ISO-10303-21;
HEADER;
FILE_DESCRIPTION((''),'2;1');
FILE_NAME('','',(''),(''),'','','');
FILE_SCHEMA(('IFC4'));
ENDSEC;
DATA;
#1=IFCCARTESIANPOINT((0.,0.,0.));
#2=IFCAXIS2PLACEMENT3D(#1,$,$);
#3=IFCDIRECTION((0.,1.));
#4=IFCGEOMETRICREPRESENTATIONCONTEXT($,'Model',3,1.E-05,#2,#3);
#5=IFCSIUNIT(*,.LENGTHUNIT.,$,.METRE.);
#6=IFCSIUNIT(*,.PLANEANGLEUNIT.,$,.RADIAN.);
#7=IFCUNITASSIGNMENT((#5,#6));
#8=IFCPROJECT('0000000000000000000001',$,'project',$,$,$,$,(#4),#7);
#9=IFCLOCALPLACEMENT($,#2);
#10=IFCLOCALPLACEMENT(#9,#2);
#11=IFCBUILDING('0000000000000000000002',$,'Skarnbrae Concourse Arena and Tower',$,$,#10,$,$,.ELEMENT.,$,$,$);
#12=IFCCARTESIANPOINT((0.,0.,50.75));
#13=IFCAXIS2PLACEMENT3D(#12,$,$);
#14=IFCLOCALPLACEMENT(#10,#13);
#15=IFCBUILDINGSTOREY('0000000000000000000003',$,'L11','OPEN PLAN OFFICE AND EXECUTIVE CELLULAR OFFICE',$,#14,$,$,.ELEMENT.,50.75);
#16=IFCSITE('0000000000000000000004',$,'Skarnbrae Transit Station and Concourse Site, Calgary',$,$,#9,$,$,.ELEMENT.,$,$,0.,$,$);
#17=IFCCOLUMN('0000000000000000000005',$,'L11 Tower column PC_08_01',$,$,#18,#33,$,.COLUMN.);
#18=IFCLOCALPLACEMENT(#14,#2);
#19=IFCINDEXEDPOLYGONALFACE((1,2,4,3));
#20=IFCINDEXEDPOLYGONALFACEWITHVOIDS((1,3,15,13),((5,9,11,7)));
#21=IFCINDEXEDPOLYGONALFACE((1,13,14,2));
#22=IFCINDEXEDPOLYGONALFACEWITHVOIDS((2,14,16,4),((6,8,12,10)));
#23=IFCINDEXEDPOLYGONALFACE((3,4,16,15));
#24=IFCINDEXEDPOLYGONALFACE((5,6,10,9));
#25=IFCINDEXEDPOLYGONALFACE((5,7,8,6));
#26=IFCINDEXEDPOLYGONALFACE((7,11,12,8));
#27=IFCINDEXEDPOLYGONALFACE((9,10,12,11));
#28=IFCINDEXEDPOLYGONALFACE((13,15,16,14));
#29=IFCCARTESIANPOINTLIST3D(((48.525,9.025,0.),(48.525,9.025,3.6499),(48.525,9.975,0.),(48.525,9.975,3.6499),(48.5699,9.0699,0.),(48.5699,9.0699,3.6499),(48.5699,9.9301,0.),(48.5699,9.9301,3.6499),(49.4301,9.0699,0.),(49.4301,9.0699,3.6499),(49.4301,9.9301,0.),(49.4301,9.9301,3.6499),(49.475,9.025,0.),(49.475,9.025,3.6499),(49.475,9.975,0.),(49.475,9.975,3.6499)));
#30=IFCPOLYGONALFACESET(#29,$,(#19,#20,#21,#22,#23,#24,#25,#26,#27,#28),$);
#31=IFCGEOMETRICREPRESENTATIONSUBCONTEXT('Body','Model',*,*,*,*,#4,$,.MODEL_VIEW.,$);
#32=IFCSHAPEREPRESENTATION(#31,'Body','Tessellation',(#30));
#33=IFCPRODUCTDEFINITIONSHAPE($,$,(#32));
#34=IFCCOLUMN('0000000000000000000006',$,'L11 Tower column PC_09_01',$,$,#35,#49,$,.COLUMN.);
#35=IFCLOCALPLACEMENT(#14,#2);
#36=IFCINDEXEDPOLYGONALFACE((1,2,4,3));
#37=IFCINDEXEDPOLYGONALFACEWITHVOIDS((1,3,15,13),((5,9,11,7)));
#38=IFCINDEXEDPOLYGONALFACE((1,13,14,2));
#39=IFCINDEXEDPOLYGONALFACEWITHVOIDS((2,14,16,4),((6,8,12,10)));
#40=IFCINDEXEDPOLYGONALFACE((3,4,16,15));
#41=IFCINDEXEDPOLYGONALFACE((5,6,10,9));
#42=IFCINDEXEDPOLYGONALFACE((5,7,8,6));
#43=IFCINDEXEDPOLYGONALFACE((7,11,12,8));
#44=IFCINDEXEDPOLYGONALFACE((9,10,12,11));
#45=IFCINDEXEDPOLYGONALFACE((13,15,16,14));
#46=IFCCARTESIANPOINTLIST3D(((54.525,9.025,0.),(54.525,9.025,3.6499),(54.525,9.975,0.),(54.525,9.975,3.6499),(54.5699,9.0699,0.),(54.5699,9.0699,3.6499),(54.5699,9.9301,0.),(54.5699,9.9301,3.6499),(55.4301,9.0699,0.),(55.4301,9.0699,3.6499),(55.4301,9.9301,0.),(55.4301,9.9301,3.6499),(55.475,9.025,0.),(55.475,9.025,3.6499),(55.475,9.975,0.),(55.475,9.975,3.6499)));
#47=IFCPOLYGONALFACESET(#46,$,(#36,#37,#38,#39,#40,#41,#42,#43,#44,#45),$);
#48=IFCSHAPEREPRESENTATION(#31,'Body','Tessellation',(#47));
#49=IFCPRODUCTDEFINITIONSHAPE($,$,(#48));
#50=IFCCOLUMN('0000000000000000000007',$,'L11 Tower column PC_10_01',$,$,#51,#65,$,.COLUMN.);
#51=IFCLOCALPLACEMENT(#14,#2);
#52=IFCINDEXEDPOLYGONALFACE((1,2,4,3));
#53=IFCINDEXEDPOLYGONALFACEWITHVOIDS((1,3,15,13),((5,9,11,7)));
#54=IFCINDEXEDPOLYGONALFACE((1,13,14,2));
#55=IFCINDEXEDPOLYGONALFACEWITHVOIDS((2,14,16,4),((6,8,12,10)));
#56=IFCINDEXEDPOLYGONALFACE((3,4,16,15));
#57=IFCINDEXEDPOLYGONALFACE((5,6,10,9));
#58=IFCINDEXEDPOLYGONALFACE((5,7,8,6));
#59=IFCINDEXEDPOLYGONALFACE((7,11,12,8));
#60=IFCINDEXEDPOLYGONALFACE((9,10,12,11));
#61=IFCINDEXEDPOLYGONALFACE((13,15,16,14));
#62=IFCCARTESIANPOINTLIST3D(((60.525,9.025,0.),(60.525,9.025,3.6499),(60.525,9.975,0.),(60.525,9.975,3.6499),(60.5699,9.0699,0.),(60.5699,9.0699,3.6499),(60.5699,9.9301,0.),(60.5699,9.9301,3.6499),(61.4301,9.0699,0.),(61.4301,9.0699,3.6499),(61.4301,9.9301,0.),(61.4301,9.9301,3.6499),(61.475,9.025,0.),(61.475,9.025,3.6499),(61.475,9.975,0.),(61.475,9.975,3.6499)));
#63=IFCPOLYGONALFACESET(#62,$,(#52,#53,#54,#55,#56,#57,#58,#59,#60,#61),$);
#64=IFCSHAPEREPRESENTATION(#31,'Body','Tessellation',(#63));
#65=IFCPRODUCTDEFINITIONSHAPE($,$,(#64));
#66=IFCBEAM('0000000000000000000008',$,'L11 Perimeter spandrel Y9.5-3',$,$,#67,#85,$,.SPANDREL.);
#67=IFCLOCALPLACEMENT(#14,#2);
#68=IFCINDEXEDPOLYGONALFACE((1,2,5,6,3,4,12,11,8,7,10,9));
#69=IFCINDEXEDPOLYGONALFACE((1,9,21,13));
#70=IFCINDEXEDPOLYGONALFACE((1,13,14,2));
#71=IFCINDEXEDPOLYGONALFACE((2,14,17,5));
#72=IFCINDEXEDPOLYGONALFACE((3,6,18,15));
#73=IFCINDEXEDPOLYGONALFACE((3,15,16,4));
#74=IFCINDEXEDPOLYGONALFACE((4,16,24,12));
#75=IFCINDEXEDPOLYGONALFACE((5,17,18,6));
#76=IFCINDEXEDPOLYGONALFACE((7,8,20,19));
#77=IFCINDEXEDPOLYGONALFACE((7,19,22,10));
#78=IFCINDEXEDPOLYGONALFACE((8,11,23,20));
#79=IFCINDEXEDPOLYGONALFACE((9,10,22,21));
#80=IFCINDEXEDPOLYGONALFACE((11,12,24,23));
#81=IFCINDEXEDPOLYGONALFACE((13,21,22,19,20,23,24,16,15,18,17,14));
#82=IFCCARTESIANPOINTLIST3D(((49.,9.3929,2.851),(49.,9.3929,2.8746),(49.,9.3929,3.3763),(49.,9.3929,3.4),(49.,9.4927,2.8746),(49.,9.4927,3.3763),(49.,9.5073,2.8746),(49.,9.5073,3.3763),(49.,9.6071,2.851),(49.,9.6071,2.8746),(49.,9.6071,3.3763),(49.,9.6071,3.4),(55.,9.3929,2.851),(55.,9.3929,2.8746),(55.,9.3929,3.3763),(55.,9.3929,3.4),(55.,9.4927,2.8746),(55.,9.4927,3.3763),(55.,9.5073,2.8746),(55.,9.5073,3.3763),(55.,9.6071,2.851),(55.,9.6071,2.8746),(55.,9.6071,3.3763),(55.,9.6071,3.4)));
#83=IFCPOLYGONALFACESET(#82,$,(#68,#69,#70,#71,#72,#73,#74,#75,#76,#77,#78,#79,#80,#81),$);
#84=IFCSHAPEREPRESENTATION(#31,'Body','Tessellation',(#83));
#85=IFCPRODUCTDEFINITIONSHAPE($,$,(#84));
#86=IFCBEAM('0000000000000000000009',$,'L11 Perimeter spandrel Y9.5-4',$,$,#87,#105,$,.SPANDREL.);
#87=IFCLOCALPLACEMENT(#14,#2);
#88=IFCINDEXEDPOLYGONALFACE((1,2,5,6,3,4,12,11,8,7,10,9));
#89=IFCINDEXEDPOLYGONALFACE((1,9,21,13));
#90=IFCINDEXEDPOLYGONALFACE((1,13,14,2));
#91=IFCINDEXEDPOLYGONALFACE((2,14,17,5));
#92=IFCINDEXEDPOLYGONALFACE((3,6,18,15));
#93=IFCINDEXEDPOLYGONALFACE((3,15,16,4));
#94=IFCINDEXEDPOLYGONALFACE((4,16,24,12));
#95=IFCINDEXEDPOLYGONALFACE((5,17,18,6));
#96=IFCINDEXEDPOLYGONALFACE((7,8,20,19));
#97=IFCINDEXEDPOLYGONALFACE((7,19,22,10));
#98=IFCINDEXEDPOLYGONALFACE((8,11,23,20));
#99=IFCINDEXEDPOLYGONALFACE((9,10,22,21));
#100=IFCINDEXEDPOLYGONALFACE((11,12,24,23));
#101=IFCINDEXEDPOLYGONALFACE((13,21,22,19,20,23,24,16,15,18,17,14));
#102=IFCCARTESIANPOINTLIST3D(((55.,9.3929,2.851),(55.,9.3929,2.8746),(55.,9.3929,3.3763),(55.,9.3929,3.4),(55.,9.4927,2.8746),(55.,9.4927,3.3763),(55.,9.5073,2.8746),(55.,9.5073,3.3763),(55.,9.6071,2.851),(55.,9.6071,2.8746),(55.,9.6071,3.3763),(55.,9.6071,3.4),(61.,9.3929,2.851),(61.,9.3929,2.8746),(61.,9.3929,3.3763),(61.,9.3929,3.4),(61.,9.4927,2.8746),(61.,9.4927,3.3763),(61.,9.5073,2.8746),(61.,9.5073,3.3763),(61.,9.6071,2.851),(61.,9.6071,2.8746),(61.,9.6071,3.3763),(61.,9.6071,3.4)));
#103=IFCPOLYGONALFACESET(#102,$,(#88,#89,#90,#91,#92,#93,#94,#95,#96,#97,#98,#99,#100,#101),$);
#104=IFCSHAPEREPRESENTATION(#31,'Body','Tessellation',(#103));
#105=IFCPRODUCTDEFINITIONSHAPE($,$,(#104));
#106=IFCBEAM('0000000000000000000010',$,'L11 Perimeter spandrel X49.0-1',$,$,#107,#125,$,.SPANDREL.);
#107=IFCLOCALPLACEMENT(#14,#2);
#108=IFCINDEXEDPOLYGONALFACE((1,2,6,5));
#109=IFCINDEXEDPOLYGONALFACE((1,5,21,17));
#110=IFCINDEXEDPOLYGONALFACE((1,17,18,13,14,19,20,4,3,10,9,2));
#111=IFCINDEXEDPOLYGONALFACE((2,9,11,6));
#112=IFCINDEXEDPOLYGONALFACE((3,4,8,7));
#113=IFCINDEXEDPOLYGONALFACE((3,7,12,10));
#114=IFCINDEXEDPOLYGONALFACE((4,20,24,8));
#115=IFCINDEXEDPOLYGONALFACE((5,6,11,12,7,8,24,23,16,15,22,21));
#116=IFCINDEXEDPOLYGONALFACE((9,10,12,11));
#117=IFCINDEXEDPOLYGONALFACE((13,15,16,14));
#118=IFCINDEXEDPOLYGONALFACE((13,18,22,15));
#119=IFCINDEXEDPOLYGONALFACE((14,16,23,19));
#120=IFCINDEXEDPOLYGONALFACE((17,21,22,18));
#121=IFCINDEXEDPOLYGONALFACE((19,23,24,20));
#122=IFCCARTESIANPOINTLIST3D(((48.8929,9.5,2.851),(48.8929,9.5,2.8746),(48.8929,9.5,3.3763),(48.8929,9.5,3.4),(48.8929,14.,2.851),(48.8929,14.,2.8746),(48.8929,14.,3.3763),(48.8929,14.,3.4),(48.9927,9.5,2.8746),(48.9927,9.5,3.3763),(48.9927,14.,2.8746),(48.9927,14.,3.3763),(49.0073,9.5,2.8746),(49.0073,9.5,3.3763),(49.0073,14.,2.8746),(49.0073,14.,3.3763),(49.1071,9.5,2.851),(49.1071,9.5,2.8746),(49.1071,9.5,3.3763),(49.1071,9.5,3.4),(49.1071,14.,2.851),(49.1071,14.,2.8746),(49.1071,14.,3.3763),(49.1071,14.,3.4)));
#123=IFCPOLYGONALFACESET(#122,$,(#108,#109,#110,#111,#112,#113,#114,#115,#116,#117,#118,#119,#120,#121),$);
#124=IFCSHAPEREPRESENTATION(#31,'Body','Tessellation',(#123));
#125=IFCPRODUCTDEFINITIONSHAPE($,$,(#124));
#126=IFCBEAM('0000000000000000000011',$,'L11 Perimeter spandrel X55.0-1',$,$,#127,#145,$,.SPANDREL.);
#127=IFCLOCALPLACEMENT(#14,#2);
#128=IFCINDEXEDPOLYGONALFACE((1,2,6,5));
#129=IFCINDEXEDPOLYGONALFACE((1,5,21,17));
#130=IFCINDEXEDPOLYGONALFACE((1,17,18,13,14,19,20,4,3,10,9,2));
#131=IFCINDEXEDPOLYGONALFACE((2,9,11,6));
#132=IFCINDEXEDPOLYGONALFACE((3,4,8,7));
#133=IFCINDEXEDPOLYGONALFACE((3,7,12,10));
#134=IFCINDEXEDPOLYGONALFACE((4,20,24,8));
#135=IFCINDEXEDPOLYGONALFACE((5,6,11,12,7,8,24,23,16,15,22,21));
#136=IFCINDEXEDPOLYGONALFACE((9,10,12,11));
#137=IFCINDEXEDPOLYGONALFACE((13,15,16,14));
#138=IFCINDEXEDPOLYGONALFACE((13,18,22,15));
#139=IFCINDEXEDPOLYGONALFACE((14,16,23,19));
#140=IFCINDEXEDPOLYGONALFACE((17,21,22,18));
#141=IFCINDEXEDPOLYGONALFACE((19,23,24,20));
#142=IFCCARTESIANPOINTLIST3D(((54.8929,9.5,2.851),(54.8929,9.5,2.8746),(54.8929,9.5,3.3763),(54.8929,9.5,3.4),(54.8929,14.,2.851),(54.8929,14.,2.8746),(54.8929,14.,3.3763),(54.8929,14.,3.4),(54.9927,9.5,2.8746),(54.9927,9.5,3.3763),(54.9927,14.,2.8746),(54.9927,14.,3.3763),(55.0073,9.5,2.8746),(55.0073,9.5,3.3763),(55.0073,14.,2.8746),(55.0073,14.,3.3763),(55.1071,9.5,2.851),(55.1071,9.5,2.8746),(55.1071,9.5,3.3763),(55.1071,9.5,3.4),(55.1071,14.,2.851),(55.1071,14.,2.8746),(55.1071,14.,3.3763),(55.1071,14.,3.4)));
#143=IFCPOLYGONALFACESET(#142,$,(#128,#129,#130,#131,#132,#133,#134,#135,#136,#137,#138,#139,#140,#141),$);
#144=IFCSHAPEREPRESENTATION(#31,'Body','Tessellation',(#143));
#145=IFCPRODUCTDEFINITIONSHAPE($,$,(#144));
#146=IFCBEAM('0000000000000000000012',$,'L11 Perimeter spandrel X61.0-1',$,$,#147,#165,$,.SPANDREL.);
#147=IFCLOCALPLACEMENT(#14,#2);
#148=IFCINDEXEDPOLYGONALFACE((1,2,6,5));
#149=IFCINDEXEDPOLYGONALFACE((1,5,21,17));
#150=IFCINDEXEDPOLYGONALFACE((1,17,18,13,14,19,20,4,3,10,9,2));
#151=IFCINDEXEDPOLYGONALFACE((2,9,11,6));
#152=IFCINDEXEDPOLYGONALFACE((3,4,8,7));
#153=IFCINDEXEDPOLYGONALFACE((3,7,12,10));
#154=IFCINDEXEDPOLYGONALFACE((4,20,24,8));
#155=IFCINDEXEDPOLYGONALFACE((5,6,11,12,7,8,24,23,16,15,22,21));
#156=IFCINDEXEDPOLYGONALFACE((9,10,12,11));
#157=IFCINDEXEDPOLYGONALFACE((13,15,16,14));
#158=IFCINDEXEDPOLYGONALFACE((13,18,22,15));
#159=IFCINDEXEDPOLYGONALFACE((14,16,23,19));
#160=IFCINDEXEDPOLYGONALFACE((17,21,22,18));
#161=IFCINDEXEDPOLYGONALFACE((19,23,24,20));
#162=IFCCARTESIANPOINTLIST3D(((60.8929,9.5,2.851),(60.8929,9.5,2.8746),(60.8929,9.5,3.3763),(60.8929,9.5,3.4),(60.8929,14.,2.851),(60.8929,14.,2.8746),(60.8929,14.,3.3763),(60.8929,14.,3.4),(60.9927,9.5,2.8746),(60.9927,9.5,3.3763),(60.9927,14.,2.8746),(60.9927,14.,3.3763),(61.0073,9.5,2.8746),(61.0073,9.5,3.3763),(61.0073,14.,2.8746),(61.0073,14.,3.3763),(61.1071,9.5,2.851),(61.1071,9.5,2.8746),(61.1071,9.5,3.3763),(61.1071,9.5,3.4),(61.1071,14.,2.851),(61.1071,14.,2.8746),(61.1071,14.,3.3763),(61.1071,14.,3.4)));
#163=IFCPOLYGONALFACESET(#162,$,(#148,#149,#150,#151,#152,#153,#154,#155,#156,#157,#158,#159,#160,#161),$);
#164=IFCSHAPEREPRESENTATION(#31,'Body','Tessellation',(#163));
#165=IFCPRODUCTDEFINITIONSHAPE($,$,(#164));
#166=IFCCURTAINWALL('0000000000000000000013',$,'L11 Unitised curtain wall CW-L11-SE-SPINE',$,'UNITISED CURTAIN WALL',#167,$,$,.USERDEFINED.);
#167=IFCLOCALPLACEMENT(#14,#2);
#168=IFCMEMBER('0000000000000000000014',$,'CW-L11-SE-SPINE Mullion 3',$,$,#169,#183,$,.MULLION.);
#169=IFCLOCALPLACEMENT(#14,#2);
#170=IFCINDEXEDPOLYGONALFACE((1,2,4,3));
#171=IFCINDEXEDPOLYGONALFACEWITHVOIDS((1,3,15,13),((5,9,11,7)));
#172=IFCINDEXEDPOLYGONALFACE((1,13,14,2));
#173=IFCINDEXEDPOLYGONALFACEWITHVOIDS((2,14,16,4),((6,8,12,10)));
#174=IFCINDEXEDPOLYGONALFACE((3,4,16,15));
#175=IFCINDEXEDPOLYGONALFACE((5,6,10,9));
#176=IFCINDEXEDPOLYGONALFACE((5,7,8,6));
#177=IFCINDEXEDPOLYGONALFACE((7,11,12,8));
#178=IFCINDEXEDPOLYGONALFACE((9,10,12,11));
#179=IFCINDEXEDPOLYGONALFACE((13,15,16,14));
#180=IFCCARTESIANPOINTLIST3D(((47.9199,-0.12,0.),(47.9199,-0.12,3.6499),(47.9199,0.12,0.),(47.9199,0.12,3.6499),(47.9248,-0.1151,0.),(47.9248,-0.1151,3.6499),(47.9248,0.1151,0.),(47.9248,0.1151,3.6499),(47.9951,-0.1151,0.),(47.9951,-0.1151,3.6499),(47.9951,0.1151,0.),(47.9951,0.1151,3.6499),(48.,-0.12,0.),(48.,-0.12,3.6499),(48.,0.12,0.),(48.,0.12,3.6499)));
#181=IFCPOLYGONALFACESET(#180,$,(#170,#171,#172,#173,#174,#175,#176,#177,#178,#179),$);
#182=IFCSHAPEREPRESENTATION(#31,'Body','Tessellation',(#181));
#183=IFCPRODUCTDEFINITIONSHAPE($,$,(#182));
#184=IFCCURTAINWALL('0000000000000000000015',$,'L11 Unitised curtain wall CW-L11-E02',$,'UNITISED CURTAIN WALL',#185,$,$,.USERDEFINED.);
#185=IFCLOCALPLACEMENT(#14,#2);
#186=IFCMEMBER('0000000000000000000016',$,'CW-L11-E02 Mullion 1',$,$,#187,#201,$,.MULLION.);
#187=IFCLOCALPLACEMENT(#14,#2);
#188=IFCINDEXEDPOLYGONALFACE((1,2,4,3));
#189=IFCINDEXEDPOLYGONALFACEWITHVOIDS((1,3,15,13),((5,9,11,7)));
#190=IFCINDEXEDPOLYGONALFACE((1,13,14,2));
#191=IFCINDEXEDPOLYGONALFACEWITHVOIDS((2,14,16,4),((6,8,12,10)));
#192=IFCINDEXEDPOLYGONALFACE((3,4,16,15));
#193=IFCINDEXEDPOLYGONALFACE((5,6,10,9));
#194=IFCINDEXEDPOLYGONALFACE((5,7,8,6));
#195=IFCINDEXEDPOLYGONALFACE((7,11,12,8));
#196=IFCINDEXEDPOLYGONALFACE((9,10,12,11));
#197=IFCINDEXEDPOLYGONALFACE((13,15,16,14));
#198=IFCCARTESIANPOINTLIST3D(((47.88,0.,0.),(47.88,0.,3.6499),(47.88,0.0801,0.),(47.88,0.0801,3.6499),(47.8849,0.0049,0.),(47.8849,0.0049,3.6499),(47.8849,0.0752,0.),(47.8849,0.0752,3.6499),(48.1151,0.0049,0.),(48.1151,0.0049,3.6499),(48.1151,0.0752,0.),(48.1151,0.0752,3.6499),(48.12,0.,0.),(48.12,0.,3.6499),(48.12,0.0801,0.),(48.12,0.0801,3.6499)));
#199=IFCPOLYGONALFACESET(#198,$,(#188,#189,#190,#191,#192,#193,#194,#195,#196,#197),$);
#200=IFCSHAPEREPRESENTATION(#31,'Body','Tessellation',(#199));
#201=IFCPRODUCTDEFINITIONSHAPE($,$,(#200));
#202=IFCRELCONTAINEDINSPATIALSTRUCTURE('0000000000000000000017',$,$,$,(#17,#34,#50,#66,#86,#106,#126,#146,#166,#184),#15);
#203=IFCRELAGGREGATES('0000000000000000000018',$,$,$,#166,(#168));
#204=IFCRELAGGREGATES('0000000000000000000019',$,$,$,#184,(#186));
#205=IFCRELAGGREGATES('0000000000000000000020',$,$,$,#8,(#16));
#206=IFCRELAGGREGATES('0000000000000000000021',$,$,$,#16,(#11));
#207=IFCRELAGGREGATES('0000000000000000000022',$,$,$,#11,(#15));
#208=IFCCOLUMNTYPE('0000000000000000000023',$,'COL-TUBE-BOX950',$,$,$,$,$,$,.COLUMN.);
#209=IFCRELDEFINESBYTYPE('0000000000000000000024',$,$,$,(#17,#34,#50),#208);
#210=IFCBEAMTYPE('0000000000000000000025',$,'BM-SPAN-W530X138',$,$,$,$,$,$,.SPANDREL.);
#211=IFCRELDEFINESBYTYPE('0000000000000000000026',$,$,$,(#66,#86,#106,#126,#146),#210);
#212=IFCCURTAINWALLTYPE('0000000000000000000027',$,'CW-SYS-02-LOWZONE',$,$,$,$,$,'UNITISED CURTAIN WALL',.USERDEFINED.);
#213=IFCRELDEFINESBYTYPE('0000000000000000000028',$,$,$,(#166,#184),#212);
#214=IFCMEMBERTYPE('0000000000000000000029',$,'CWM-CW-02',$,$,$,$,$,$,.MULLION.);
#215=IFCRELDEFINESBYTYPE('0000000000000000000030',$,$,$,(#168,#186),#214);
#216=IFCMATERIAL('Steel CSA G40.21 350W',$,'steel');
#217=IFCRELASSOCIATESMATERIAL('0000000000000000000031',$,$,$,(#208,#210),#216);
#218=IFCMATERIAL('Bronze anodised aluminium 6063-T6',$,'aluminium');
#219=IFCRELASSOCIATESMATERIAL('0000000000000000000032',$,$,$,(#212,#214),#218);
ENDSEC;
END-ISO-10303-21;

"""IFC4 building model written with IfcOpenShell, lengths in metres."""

from ifc_helpers import new_model, si_unit, direction, frame, origin, origin_2d, place, context, subcontext, project, spatial, hollow_rectangle, i_section, extrude, source, transform, mapped, material, material_profile, profile_set, type_object, element, aggregate, save


model = new_model("IFC4")

# Units and contexts
model_context = context("Model", 3, precision=1e-05, world=origin(), true_north=direction((0.0, 1.0)))
body_context = subcontext(model_context, "Body", "Model", "MODEL_VIEW")
ifc_project = project(units=[si_unit("LENGTHUNIT", "METRE"), si_unit("PLANEANGLEUNIT", "RADIAN")], contexts=[model_context])

# Site, building, storey
site_placement = place(None, origin())
site = spatial("IfcSite", under=ifc_project, at=site_placement, Name="Skarnbrae Transit Station and Concourse Site, Calgary", CompositionType="ELEMENT", RefElevation=0.0)
building_placement = place(site_placement, origin())
building = spatial("IfcBuilding", under=site, at=building_placement, Name="Skarnbrae Concourse Arena and Tower", CompositionType="ELEMENT")
storey_placement = place(building_placement, frame((0.0, 0.0, 50.75)))
storey = spatial("IfcBuildingStorey", under=building, at=storey_placement, Name="L11", Description="OPEN PLAN OFFICE AND EXECUTIVE CELLULAR OFFICE", CompositionType="ELEMENT", Elevation=50.75)

# Columns
ifc_material_1 = material(Name="Steel CSA G40.21 350W", Category="steel")
ifc_material_profile_1 = material_profile(ifc_material_1, hollow_rectangle(XDim=0.95, YDim=0.95, WallThickness=0.0449, at=origin_2d()), Name="BOX950X950X45")
ifc_profile_set_1 = profile_set([ifc_material_profile_1], Name="Steel CSA G40.21 350W")
column_type = type_object("IfcColumnType", Name="COL-TUBE-BOX950", PredefinedType="COLUMN", material=ifc_profile_set_1)
shared_shape_1 = source(origin(), body_context, "Body", "SweptSolid", [
    extrude(hollow_rectangle(XDim=0.95, YDim=0.95, WallThickness=0.0449, at=origin_2d()), origin(), (0.0, 0.0, 1.0), 3.6499),
])
for number, where, z_axis, x_axis, name in (
    (1, (49.0, 9.5, 0.0), (0.0, 0.0, 1.0), (1.0, 0.0, 0.0), "L11 Tower column PC_08_01"),
    (2, (55.0, 9.5, 0.0), (0.0, 0.0, 1.0), (1.0, 0.0, 0.0), "L11 Tower column PC_09_01"),
    (3, (61.0, 9.5, 0.0), (0.0, 0.0, 1.0), (1.0, 0.0, 0.0), "L11 Tower column PC_10_01"),
):
    element("IfcColumn", number, at=place(storey_placement, frame(where, z_axis=z_axis, x_axis=x_axis)), inside=storey, type_object=column_type, Name=name, PredefinedType="COLUMN", context=body_context, shape_type="MappedRepresentation", body=[
        mapped(shared_shape_1, transform((0.0, 0.0, 0.0))),
    ])

# Beams
ifc_material_profile_2 = material_profile(ifc_material_1, i_section(OverallWidth=0.2141, OverallDepth=0.5491, WebThickness=0.0146, FlangeThickness=0.0237, at=origin_2d()), Name="W530X138")
ifc_profile_set_2 = profile_set([ifc_material_profile_2], Name="Steel CSA G40.21 350W")
beam_type = type_object("IfcBeamType", Name="BM-SPAN-W530X138", PredefinedType="SPANDREL", material=ifc_profile_set_2)
shared_shape_2 = source(origin(), body_context, "Body", "SweptSolid", [
    extrude(i_section(OverallWidth=0.2141, OverallDepth=0.5491, WebThickness=0.0146, FlangeThickness=0.0237, at=origin_2d()), origin(), (0.0, 0.0, 1.0), 6.0),
])
for number, where, z_axis, x_axis, name in (
    (4, (49.0, 9.5, 3.1255), (1.0, 0.0, 0.0), (0.0, 1.0, 0.0), "L11 Perimeter spandrel Y9.5-3"),
    (5, (55.0, 9.5, 3.1255), (1.0, 0.0, 0.0), (0.0, 1.0, 0.0), "L11 Perimeter spandrel Y9.5-4"),
):
    element("IfcBeam", number, at=place(storey_placement, frame(where, z_axis=z_axis, x_axis=x_axis)), inside=storey, type_object=beam_type, Name=name, PredefinedType="SPANDREL", context=body_context, shape_type="MappedRepresentation", body=[
        mapped(shared_shape_2, transform((0.0, 0.0, 0.0))),
    ])
shared_shape_3 = source(origin(), body_context, "Body", "SweptSolid", [
    extrude(i_section(OverallWidth=0.2141, OverallDepth=0.5491, WebThickness=0.0146, FlangeThickness=0.0237, at=origin_2d()), origin(), (0.0, 0.0, 1.0), 4.5),
])
for number, where, z_axis, x_axis, name in (
    (6, (49.0, 9.5, 3.1255), (0.0, 1.0, 0.0), (-1.0, 0.0, 0.0), "L11 Perimeter spandrel X49.0-1"),
    (7, (55.0, 9.5, 3.1255), (0.0, 1.0, 0.0), (-1.0, 0.0, 0.0), "L11 Perimeter spandrel X55.0-1"),
    (8, (61.0, 9.5, 3.1255), (0.0, 1.0, 0.0), (-1.0, 0.0, 0.0), "L11 Perimeter spandrel X61.0-1"),
):
    element("IfcBeam", number, at=place(storey_placement, frame(where, z_axis=z_axis, x_axis=x_axis)), inside=storey, type_object=beam_type, Name=name, PredefinedType="SPANDREL", context=body_context, shape_type="MappedRepresentation", body=[
        mapped(shared_shape_3, transform((0.0, 0.0, 0.0))),
    ])

# Curtain wall, member
ifc_material_2 = material(Name="Bronze anodised aluminium 6063-T6", Category="aluminium")
curtain_wall_type = type_object("IfcCurtainWallType", Name="CW-SYS-02-LOWZONE", ElementType="UNITISED CURTAIN WALL", PredefinedType="USERDEFINED", material=ifc_material_2)
curtain_wall_1_placement = place(storey_placement, origin())
curtain_wall_1 = element("IfcCurtainWall", 9, at=curtain_wall_1_placement, inside=storey, type_object=curtain_wall_type, Name="L11 Unitised curtain wall CW-L11-SE-SPINE", ObjectType="UNITISED CURTAIN WALL", PredefinedType="USERDEFINED")
ifc_material_profile_3 = material_profile(ifc_material_2, hollow_rectangle(XDim=0.0801, YDim=0.24, WallThickness=0.0049, at=origin_2d()), Name="ALU-MULL-80X240")
ifc_profile_set_3 = profile_set([ifc_material_profile_3], Name="Bronze anodised aluminium 6063-T6")
member_type_1 = type_object("IfcMemberType", Name="CWM-CW-02", PredefinedType="MULLION", material=ifc_profile_set_3)
shared_shape_4 = source(origin(), body_context, "Body", "SweptSolid", [
    extrude(hollow_rectangle(XDim=0.0801, YDim=0.24, WallThickness=0.0049, at=origin_2d()), origin(), (0.0, 0.0, 1.0), 3.6499),
])
member_1_placement = place(storey_placement, frame((47.96, 0.0, 0.0), z_axis=(0.0, 0.0, 1.0), x_axis=(1.0, 0.0, 0.0)))
member_1 = element("IfcMember", 10, at=member_1_placement, type_object=member_type_1, Name="CW-L11-SE-SPINE Mullion 3", PredefinedType="MULLION", context=body_context, shape_type="MappedRepresentation", body=[
    mapped(shared_shape_4, transform((0.0, 0.0, 0.0))),
])
aggregate(curtain_wall_1, [member_1])

# Curtain wall, member
curtain_wall_2_placement = place(storey_placement, origin())
curtain_wall_2 = element("IfcCurtainWall", 11, at=curtain_wall_2_placement, inside=storey, type_object=curtain_wall_type, Name="L11 Unitised curtain wall CW-L11-E02", ObjectType="UNITISED CURTAIN WALL", PredefinedType="USERDEFINED")
member_2_placement = place(storey_placement, frame((48.0, 0.04, 0.0), z_axis=(0.0, 0.0, 1.0), x_axis=(0.0, 1.0, 0.0)))
member_2 = element("IfcMember", 12, at=member_2_placement, type_object=member_type_1, Name="CW-L11-E02 Mullion 1", PredefinedType="MULLION", context=body_context, shape_type="MappedRepresentation", body=[
    mapped(shared_shape_4, transform((0.0, 0.0, 0.0))),
])

aggregate(curtain_wall_2, [member_2])

save(model, "model.ifc")
